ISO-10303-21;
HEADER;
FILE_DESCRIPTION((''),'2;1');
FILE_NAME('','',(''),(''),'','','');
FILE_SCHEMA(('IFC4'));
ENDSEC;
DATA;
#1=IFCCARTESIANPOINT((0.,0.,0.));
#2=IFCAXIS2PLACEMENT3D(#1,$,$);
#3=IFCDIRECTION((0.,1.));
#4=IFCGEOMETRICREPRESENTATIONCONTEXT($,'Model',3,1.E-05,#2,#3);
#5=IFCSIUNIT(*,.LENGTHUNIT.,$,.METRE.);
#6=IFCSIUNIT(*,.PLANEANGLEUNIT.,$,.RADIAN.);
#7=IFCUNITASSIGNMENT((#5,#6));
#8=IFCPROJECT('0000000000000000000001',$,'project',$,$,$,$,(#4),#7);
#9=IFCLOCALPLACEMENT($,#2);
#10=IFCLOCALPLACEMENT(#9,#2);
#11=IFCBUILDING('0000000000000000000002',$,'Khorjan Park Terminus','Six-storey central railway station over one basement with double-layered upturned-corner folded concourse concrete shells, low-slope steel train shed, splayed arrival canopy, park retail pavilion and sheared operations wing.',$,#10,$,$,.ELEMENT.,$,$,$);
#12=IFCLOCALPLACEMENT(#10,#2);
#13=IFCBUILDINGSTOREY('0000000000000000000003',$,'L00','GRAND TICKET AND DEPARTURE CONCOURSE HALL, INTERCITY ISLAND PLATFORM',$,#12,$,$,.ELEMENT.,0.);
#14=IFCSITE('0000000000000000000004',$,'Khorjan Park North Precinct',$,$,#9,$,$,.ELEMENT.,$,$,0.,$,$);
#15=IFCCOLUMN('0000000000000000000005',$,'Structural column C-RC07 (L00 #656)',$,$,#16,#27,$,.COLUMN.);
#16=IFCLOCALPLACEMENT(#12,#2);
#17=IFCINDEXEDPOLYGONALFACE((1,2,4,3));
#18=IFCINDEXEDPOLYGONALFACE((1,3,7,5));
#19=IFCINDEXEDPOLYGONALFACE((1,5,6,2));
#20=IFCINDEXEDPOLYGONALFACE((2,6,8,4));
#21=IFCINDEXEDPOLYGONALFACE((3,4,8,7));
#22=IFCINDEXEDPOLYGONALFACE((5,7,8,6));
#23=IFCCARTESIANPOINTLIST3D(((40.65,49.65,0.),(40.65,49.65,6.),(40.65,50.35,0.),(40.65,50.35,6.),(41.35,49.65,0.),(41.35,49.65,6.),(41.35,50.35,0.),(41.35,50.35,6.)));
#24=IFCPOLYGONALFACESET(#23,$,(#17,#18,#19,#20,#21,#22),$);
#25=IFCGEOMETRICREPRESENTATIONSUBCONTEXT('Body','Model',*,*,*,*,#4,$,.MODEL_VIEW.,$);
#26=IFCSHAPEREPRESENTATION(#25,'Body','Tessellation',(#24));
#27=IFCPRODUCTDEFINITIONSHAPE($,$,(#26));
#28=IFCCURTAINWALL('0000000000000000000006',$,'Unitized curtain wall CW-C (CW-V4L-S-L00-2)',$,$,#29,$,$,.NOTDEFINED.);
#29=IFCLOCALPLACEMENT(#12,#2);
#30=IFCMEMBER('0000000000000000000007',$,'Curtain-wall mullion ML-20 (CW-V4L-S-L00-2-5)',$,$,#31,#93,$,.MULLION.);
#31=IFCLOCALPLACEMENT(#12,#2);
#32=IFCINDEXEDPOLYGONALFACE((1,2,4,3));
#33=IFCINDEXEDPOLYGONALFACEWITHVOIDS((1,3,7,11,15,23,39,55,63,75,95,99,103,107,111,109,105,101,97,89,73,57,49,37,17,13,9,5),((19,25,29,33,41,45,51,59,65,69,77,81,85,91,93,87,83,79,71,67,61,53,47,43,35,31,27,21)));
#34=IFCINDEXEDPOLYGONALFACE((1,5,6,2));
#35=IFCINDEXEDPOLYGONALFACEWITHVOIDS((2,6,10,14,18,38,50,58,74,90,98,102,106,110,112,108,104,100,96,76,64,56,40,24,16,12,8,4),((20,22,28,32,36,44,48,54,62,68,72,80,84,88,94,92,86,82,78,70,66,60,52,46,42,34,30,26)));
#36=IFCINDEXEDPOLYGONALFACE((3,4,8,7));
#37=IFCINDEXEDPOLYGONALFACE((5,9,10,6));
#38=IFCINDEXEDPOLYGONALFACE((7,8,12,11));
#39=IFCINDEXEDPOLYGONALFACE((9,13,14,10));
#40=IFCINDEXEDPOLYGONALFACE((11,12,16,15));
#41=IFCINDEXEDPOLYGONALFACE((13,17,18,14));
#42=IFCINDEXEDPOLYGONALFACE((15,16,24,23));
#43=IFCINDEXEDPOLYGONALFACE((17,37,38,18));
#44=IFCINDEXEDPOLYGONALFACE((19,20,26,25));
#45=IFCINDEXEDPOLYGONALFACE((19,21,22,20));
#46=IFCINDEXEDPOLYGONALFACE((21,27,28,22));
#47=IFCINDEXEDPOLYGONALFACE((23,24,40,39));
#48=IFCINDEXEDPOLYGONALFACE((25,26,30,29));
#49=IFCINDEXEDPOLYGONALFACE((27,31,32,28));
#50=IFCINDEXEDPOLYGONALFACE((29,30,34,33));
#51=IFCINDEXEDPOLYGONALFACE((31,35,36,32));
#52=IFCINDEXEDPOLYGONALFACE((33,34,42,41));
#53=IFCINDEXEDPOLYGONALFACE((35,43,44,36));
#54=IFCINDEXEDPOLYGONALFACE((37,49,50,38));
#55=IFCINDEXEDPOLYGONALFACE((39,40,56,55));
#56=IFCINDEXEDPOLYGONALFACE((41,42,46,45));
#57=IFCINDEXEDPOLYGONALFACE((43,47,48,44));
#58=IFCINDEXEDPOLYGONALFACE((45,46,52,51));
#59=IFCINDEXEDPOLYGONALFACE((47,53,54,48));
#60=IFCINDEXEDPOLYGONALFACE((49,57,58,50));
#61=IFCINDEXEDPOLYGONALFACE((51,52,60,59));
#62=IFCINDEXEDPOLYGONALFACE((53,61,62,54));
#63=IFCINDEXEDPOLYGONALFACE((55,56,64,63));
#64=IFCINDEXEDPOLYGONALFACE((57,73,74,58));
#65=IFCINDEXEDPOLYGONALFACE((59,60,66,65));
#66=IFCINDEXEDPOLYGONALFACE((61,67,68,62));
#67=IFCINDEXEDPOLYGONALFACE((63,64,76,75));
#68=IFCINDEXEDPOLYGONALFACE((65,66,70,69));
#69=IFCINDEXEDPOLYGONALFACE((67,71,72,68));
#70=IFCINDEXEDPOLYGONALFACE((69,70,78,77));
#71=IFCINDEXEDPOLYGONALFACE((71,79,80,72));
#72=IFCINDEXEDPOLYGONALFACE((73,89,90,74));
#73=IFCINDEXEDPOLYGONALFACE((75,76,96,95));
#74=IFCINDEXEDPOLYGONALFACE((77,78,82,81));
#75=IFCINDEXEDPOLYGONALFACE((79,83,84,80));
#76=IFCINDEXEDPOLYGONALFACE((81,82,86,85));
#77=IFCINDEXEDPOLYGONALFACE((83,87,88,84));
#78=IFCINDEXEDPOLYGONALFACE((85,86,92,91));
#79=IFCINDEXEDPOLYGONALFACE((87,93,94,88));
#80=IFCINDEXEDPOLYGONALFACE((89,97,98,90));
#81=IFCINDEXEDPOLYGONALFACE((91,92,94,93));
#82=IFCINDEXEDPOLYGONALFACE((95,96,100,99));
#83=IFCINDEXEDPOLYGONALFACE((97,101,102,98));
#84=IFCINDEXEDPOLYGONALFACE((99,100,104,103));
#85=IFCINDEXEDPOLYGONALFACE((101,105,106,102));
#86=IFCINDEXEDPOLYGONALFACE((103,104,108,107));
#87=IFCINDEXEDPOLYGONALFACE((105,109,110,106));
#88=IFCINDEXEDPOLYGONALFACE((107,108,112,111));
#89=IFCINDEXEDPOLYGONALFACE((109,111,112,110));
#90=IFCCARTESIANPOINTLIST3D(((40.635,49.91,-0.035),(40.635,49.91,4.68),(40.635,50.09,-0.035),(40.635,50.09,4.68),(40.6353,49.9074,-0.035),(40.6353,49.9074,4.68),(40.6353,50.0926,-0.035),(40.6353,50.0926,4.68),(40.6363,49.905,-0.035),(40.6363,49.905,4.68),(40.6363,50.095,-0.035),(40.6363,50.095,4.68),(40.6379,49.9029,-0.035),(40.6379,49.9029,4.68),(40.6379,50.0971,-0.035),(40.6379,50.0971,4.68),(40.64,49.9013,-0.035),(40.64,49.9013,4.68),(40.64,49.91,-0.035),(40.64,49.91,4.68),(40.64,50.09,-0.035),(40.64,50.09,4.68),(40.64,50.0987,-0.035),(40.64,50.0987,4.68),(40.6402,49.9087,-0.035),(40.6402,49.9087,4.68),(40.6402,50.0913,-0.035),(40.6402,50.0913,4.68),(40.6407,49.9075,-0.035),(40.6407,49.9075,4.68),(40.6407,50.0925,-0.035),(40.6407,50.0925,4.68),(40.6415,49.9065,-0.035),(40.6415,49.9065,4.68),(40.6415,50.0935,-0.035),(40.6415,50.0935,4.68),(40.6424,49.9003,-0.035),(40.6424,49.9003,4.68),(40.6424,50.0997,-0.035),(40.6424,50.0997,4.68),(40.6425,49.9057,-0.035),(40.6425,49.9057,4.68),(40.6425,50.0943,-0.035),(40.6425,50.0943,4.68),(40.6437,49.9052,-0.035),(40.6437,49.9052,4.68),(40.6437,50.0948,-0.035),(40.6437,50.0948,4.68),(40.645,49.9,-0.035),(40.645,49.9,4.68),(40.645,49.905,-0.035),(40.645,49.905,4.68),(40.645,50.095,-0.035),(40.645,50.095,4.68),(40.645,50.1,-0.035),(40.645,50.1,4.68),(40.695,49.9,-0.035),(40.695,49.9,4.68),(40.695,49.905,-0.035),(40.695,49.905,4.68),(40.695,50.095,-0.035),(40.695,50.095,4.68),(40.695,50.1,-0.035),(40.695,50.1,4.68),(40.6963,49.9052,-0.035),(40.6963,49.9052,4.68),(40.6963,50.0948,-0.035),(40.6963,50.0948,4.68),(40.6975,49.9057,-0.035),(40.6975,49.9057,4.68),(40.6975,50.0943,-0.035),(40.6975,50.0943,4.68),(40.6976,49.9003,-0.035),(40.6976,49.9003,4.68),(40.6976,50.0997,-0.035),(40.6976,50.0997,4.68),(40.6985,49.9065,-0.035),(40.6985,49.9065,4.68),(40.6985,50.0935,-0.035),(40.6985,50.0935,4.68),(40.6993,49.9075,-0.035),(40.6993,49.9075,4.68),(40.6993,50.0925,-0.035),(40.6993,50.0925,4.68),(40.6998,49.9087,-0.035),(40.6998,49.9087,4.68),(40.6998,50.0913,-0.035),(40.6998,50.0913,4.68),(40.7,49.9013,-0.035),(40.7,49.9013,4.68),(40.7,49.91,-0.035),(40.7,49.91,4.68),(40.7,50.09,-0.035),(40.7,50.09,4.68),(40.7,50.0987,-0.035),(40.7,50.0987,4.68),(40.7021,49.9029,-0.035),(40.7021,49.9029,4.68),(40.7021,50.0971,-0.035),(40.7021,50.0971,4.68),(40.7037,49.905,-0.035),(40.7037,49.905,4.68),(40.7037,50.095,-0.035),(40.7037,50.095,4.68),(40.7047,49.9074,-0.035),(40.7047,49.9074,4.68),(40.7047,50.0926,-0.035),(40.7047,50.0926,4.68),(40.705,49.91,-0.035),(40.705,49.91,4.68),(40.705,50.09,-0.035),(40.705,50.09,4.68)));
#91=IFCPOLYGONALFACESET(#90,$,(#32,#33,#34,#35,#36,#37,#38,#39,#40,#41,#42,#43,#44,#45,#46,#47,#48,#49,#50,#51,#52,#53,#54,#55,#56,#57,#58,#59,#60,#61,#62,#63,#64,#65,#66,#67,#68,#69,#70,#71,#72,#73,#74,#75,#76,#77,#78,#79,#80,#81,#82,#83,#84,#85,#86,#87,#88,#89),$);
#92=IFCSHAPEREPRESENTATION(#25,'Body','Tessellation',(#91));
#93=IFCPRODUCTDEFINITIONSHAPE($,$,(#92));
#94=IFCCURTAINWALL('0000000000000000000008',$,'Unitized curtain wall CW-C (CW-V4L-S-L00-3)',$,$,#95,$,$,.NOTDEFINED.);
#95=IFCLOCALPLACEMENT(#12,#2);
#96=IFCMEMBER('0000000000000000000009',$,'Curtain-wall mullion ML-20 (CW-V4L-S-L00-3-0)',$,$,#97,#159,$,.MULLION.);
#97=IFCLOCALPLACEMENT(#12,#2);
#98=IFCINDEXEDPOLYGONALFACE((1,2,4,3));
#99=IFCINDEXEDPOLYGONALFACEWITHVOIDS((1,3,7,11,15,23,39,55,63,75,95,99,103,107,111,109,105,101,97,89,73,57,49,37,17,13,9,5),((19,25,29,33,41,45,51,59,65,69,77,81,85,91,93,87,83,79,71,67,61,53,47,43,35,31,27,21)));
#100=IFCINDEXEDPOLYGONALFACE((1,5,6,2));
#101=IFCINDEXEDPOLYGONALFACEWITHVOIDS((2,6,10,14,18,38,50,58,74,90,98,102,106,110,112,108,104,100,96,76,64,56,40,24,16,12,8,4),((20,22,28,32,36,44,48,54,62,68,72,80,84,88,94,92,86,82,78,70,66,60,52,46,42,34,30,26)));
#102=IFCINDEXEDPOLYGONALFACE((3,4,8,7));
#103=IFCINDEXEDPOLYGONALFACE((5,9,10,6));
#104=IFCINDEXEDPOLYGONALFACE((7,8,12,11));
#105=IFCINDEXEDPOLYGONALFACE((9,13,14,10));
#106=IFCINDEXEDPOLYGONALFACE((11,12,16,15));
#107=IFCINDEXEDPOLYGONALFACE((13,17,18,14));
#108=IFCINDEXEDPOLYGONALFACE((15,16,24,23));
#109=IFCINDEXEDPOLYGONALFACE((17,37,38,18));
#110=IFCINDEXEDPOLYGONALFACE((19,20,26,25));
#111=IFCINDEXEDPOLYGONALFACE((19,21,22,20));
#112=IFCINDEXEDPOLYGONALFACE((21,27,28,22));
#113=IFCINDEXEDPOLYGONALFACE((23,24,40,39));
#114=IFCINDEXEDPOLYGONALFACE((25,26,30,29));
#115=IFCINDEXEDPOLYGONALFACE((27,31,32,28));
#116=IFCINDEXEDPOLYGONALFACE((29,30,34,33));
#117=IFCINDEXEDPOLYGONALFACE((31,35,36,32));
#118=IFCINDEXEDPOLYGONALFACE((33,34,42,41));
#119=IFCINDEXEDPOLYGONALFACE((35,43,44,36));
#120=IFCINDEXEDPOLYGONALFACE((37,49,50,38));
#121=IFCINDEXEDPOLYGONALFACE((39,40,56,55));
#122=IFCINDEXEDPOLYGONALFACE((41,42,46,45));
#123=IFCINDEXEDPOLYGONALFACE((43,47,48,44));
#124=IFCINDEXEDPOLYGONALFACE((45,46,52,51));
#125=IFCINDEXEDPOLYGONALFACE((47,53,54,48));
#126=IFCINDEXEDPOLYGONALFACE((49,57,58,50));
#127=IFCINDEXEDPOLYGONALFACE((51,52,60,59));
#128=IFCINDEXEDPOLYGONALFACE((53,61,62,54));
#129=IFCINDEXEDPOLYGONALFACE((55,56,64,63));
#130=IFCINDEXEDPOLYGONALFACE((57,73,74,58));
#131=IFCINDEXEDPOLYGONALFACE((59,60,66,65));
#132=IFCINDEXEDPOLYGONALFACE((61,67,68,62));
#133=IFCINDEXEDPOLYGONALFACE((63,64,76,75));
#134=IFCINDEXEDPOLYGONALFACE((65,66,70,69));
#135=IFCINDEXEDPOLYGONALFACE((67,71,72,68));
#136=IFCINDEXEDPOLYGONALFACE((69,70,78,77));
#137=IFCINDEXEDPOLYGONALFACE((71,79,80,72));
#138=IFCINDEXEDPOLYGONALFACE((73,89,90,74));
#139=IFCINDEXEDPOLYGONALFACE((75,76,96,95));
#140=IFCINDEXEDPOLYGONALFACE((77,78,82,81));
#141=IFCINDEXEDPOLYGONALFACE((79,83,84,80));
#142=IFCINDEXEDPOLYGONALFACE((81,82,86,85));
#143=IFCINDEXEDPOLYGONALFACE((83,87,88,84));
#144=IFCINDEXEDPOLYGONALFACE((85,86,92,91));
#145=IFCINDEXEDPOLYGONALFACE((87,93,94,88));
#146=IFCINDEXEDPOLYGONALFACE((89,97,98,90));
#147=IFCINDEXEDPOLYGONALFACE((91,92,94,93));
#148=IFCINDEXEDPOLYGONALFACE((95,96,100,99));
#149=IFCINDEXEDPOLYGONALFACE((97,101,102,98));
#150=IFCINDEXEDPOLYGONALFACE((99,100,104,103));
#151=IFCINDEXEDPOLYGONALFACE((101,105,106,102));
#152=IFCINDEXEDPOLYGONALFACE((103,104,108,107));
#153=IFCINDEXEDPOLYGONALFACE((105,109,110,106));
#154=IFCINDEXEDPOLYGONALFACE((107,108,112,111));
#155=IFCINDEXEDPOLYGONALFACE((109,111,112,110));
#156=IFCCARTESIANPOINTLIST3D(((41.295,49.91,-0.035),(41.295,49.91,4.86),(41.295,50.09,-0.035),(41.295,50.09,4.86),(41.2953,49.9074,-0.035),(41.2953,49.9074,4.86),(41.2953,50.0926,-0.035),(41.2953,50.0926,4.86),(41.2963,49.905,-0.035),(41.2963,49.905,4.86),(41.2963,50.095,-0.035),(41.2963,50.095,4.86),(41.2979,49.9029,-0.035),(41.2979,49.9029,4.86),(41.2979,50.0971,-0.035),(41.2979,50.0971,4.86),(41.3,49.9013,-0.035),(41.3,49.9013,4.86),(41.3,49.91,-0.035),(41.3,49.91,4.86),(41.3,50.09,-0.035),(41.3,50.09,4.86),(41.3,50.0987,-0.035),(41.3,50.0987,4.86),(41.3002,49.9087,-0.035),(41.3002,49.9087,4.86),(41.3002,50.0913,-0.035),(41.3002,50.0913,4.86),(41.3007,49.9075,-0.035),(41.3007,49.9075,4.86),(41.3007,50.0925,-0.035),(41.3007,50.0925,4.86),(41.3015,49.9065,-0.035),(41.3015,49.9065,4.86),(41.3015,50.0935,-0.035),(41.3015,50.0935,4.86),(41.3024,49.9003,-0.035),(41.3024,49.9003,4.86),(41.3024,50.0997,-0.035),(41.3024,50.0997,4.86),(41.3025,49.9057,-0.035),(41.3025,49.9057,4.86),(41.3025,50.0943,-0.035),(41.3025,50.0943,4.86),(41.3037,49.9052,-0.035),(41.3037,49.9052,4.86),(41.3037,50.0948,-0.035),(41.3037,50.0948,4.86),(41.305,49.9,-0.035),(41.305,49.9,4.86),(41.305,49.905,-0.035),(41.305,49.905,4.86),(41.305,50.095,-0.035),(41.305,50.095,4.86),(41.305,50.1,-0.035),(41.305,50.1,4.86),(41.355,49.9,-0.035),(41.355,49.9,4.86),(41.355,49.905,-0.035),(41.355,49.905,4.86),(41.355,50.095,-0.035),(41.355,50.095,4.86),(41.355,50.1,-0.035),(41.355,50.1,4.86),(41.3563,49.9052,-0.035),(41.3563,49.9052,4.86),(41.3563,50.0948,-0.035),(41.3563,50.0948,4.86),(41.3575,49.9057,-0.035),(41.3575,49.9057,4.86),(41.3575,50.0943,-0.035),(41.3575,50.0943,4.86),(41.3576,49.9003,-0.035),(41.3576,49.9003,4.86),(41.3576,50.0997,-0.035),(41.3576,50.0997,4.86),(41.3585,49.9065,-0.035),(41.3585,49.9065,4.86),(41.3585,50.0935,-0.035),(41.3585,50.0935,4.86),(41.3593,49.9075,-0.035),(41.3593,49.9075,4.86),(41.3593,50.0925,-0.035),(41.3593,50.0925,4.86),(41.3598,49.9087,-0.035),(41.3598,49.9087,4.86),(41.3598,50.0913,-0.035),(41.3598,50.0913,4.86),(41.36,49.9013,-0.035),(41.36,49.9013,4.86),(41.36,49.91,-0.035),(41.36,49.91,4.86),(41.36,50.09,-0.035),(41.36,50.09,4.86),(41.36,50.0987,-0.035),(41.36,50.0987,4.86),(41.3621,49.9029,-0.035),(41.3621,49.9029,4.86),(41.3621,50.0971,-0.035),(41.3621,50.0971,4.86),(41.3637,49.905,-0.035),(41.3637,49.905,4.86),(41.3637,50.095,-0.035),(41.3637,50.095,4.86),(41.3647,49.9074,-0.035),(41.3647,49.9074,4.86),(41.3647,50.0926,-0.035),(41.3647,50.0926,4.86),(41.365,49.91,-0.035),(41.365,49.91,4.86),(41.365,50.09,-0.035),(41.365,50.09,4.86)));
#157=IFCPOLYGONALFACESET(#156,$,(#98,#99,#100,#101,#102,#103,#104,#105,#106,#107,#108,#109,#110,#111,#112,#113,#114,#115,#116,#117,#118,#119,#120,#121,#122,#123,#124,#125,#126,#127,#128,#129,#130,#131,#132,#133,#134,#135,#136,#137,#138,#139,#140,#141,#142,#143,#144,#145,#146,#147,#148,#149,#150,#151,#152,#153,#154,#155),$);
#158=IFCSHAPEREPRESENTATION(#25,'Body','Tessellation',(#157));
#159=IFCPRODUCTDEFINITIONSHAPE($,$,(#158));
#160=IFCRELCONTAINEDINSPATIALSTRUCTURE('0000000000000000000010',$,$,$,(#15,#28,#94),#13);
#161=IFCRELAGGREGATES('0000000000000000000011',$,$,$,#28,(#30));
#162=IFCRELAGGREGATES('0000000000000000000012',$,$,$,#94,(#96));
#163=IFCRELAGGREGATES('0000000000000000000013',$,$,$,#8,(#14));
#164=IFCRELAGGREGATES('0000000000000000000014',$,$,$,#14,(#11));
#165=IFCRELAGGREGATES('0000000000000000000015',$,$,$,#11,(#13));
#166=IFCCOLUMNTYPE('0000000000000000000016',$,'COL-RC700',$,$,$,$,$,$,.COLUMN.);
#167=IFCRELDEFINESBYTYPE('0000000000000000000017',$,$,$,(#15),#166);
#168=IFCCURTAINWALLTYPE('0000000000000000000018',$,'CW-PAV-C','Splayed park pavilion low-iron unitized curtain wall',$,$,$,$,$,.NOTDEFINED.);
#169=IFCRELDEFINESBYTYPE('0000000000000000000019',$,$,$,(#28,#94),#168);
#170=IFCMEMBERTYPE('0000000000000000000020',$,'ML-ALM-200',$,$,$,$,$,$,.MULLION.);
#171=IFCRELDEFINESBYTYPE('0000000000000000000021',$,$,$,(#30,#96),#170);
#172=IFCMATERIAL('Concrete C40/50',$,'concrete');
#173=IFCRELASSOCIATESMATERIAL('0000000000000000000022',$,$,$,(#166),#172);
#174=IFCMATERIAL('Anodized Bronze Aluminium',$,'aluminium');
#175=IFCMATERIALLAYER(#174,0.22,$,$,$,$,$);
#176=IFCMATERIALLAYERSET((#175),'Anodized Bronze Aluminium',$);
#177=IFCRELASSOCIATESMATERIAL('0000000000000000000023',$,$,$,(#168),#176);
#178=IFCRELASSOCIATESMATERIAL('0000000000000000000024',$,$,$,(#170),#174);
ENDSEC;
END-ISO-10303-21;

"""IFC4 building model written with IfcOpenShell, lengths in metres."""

from ifc_helpers import new_model, si_unit, direction, frame, origin, origin_2d, place, context, subcontext, project, spatial, rectangle, hollow_rectangle, extrude, material, layer, layer_set, material_profile, profile_set, type_object, element, aggregate, save


model = new_model("IFC4")

# Units and contexts
model_context = context("Model", 3, precision=1e-05, world=origin(), true_north=direction((0.0, 1.0)))
body_context = subcontext(model_context, "Body", "Model", "MODEL_VIEW")
ifc_project = project(units=[si_unit("LENGTHUNIT", "METRE"), si_unit("PLANEANGLEUNIT", "RADIAN")], contexts=[model_context])

# Site, building, storey
site_placement = place(None, origin())
site = spatial("IfcSite", under=ifc_project, at=site_placement, Name="Khorjan Park North Precinct", CompositionType="ELEMENT", RefElevation=0.0)
building_placement = place(site_placement, origin())
building = spatial("IfcBuilding", under=site, at=building_placement, Name="Khorjan Park Terminus", Description="Six-storey central railway station over one basement with double-layered upturned-corner folded concourse concrete shells, low-slope steel train shed, splayed arrival canopy, park retail pavilion and sheared operations wing.", CompositionType="ELEMENT")
storey_placement = place(building_placement, origin())
storey = spatial("IfcBuildingStorey", under=building, at=storey_placement, Name="L00", Description="GRAND TICKET AND DEPARTURE CONCOURSE HALL, INTERCITY ISLAND PLATFORM", CompositionType="ELEMENT", Elevation=0.0)

# Column
ifc_material_1 = material(Name="Concrete C40/50", Category="concrete")
ifc_material_profile_1 = material_profile(ifc_material_1, rectangle(XDim=0.7, YDim=0.7, at=origin_2d()), Name="RC 700x700")
ifc_profile_set_1 = profile_set([ifc_material_profile_1], Name="Concrete C40/50")
column_type = type_object("IfcColumnType", Name="COL-RC700", PredefinedType="COLUMN", material=ifc_profile_set_1)
column_placement = place(storey_placement, frame((41.0, 50.0, 0.0), z_axis=(0.0, 0.0, 1.0), x_axis=(1.0, 0.0, 0.0)))
element("IfcColumn", 1, at=column_placement, inside=storey, type_object=column_type, Name="Structural column C-RC07 (L00 #656)", PredefinedType="COLUMN", context=body_context, shape_type="SweptSolid", body=[
    extrude(rectangle(XDim=0.7, YDim=0.7, at=origin_2d()), origin(), (0.0, 0.0, 1.0), 6.0),
])

# Curtain wall, member
ifc_material_2 = material(Name="Anodized Bronze Aluminium", Category="aluminium")
ifc_layer_1 = layer(ifc_material_2, 0.22)
ifc_layer_set_1 = layer_set([ifc_layer_1], Name="Anodized Bronze Aluminium")
curtain_wall_type = type_object("IfcCurtainWallType", Name="CW-PAV-C", Description="Splayed park pavilion low-iron unitized curtain wall", PredefinedType="NOTDEFINED", material=ifc_layer_set_1)
curtain_wall_1_placement = place(storey_placement, origin())
curtain_wall_1 = element("IfcCurtainWall", 2, at=curtain_wall_1_placement, inside=storey, type_object=curtain_wall_type, Name="Unitized curtain wall CW-C (CW-V4L-S-L00-2)", PredefinedType="NOTDEFINED")
ifc_material_profile_2 = material_profile(ifc_material_2, hollow_rectangle(XDim=0.07, YDim=0.2, WallThickness=0.005, InnerFilletRadius=0.005, OuterFilletRadius=0.01, at=origin_2d()), Name="ALM 70x200x5")
ifc_profile_set_2 = profile_set([ifc_material_profile_2], Name="Anodized Bronze Aluminium")
member_type_1 = type_object("IfcMemberType", Name="ML-ALM-200", PredefinedType="MULLION", material=ifc_profile_set_2)
member_1_placement = place(storey_placement, frame((40.67, 50.0, -0.035), z_axis=(0.0, 0.0, 1.0), x_axis=(1.0, 0.0, 0.0)))
member_1 = element("IfcMember", 3, at=member_1_placement, type_object=member_type_1, Name="Curtain-wall mullion ML-20 (CW-V4L-S-L00-2-5)", PredefinedType="MULLION", context=body_context, shape_type="SweptSolid", body=[
    extrude(hollow_rectangle(XDim=0.07, YDim=0.2, WallThickness=0.005, InnerFilletRadius=0.005, OuterFilletRadius=0.01, at=origin_2d()), origin(), (0.0, 0.0, 1.0), 4.715),
])
aggregate(curtain_wall_1, [member_1])

# Curtain wall, member
curtain_wall_2_placement = place(storey_placement, origin())
curtain_wall_2 = element("IfcCurtainWall", 4, at=curtain_wall_2_placement, inside=storey, type_object=curtain_wall_type, Name="Unitized curtain wall CW-C (CW-V4L-S-L00-3)", PredefinedType="NOTDEFINED")
member_2_placement = place(storey_placement, frame((41.33, 50.0, -0.035), z_axis=(0.0, 0.0, 1.0), x_axis=(1.0, 0.0, 0.0)))
member_2 = element("IfcMember", 5, at=member_2_placement, type_object=member_type_1, Name="Curtain-wall mullion ML-20 (CW-V4L-S-L00-3-0)", PredefinedType="MULLION", context=body_context, shape_type="SweptSolid", body=[
    extrude(hollow_rectangle(XDim=0.07, YDim=0.2, WallThickness=0.005, InnerFilletRadius=0.005, OuterFilletRadius=0.01, at=origin_2d()), origin(), (0.0, 0.0, 1.0), 4.895),
])
aggregate(curtain_wall_2, [member_2])

save(model, "model.ifc")
